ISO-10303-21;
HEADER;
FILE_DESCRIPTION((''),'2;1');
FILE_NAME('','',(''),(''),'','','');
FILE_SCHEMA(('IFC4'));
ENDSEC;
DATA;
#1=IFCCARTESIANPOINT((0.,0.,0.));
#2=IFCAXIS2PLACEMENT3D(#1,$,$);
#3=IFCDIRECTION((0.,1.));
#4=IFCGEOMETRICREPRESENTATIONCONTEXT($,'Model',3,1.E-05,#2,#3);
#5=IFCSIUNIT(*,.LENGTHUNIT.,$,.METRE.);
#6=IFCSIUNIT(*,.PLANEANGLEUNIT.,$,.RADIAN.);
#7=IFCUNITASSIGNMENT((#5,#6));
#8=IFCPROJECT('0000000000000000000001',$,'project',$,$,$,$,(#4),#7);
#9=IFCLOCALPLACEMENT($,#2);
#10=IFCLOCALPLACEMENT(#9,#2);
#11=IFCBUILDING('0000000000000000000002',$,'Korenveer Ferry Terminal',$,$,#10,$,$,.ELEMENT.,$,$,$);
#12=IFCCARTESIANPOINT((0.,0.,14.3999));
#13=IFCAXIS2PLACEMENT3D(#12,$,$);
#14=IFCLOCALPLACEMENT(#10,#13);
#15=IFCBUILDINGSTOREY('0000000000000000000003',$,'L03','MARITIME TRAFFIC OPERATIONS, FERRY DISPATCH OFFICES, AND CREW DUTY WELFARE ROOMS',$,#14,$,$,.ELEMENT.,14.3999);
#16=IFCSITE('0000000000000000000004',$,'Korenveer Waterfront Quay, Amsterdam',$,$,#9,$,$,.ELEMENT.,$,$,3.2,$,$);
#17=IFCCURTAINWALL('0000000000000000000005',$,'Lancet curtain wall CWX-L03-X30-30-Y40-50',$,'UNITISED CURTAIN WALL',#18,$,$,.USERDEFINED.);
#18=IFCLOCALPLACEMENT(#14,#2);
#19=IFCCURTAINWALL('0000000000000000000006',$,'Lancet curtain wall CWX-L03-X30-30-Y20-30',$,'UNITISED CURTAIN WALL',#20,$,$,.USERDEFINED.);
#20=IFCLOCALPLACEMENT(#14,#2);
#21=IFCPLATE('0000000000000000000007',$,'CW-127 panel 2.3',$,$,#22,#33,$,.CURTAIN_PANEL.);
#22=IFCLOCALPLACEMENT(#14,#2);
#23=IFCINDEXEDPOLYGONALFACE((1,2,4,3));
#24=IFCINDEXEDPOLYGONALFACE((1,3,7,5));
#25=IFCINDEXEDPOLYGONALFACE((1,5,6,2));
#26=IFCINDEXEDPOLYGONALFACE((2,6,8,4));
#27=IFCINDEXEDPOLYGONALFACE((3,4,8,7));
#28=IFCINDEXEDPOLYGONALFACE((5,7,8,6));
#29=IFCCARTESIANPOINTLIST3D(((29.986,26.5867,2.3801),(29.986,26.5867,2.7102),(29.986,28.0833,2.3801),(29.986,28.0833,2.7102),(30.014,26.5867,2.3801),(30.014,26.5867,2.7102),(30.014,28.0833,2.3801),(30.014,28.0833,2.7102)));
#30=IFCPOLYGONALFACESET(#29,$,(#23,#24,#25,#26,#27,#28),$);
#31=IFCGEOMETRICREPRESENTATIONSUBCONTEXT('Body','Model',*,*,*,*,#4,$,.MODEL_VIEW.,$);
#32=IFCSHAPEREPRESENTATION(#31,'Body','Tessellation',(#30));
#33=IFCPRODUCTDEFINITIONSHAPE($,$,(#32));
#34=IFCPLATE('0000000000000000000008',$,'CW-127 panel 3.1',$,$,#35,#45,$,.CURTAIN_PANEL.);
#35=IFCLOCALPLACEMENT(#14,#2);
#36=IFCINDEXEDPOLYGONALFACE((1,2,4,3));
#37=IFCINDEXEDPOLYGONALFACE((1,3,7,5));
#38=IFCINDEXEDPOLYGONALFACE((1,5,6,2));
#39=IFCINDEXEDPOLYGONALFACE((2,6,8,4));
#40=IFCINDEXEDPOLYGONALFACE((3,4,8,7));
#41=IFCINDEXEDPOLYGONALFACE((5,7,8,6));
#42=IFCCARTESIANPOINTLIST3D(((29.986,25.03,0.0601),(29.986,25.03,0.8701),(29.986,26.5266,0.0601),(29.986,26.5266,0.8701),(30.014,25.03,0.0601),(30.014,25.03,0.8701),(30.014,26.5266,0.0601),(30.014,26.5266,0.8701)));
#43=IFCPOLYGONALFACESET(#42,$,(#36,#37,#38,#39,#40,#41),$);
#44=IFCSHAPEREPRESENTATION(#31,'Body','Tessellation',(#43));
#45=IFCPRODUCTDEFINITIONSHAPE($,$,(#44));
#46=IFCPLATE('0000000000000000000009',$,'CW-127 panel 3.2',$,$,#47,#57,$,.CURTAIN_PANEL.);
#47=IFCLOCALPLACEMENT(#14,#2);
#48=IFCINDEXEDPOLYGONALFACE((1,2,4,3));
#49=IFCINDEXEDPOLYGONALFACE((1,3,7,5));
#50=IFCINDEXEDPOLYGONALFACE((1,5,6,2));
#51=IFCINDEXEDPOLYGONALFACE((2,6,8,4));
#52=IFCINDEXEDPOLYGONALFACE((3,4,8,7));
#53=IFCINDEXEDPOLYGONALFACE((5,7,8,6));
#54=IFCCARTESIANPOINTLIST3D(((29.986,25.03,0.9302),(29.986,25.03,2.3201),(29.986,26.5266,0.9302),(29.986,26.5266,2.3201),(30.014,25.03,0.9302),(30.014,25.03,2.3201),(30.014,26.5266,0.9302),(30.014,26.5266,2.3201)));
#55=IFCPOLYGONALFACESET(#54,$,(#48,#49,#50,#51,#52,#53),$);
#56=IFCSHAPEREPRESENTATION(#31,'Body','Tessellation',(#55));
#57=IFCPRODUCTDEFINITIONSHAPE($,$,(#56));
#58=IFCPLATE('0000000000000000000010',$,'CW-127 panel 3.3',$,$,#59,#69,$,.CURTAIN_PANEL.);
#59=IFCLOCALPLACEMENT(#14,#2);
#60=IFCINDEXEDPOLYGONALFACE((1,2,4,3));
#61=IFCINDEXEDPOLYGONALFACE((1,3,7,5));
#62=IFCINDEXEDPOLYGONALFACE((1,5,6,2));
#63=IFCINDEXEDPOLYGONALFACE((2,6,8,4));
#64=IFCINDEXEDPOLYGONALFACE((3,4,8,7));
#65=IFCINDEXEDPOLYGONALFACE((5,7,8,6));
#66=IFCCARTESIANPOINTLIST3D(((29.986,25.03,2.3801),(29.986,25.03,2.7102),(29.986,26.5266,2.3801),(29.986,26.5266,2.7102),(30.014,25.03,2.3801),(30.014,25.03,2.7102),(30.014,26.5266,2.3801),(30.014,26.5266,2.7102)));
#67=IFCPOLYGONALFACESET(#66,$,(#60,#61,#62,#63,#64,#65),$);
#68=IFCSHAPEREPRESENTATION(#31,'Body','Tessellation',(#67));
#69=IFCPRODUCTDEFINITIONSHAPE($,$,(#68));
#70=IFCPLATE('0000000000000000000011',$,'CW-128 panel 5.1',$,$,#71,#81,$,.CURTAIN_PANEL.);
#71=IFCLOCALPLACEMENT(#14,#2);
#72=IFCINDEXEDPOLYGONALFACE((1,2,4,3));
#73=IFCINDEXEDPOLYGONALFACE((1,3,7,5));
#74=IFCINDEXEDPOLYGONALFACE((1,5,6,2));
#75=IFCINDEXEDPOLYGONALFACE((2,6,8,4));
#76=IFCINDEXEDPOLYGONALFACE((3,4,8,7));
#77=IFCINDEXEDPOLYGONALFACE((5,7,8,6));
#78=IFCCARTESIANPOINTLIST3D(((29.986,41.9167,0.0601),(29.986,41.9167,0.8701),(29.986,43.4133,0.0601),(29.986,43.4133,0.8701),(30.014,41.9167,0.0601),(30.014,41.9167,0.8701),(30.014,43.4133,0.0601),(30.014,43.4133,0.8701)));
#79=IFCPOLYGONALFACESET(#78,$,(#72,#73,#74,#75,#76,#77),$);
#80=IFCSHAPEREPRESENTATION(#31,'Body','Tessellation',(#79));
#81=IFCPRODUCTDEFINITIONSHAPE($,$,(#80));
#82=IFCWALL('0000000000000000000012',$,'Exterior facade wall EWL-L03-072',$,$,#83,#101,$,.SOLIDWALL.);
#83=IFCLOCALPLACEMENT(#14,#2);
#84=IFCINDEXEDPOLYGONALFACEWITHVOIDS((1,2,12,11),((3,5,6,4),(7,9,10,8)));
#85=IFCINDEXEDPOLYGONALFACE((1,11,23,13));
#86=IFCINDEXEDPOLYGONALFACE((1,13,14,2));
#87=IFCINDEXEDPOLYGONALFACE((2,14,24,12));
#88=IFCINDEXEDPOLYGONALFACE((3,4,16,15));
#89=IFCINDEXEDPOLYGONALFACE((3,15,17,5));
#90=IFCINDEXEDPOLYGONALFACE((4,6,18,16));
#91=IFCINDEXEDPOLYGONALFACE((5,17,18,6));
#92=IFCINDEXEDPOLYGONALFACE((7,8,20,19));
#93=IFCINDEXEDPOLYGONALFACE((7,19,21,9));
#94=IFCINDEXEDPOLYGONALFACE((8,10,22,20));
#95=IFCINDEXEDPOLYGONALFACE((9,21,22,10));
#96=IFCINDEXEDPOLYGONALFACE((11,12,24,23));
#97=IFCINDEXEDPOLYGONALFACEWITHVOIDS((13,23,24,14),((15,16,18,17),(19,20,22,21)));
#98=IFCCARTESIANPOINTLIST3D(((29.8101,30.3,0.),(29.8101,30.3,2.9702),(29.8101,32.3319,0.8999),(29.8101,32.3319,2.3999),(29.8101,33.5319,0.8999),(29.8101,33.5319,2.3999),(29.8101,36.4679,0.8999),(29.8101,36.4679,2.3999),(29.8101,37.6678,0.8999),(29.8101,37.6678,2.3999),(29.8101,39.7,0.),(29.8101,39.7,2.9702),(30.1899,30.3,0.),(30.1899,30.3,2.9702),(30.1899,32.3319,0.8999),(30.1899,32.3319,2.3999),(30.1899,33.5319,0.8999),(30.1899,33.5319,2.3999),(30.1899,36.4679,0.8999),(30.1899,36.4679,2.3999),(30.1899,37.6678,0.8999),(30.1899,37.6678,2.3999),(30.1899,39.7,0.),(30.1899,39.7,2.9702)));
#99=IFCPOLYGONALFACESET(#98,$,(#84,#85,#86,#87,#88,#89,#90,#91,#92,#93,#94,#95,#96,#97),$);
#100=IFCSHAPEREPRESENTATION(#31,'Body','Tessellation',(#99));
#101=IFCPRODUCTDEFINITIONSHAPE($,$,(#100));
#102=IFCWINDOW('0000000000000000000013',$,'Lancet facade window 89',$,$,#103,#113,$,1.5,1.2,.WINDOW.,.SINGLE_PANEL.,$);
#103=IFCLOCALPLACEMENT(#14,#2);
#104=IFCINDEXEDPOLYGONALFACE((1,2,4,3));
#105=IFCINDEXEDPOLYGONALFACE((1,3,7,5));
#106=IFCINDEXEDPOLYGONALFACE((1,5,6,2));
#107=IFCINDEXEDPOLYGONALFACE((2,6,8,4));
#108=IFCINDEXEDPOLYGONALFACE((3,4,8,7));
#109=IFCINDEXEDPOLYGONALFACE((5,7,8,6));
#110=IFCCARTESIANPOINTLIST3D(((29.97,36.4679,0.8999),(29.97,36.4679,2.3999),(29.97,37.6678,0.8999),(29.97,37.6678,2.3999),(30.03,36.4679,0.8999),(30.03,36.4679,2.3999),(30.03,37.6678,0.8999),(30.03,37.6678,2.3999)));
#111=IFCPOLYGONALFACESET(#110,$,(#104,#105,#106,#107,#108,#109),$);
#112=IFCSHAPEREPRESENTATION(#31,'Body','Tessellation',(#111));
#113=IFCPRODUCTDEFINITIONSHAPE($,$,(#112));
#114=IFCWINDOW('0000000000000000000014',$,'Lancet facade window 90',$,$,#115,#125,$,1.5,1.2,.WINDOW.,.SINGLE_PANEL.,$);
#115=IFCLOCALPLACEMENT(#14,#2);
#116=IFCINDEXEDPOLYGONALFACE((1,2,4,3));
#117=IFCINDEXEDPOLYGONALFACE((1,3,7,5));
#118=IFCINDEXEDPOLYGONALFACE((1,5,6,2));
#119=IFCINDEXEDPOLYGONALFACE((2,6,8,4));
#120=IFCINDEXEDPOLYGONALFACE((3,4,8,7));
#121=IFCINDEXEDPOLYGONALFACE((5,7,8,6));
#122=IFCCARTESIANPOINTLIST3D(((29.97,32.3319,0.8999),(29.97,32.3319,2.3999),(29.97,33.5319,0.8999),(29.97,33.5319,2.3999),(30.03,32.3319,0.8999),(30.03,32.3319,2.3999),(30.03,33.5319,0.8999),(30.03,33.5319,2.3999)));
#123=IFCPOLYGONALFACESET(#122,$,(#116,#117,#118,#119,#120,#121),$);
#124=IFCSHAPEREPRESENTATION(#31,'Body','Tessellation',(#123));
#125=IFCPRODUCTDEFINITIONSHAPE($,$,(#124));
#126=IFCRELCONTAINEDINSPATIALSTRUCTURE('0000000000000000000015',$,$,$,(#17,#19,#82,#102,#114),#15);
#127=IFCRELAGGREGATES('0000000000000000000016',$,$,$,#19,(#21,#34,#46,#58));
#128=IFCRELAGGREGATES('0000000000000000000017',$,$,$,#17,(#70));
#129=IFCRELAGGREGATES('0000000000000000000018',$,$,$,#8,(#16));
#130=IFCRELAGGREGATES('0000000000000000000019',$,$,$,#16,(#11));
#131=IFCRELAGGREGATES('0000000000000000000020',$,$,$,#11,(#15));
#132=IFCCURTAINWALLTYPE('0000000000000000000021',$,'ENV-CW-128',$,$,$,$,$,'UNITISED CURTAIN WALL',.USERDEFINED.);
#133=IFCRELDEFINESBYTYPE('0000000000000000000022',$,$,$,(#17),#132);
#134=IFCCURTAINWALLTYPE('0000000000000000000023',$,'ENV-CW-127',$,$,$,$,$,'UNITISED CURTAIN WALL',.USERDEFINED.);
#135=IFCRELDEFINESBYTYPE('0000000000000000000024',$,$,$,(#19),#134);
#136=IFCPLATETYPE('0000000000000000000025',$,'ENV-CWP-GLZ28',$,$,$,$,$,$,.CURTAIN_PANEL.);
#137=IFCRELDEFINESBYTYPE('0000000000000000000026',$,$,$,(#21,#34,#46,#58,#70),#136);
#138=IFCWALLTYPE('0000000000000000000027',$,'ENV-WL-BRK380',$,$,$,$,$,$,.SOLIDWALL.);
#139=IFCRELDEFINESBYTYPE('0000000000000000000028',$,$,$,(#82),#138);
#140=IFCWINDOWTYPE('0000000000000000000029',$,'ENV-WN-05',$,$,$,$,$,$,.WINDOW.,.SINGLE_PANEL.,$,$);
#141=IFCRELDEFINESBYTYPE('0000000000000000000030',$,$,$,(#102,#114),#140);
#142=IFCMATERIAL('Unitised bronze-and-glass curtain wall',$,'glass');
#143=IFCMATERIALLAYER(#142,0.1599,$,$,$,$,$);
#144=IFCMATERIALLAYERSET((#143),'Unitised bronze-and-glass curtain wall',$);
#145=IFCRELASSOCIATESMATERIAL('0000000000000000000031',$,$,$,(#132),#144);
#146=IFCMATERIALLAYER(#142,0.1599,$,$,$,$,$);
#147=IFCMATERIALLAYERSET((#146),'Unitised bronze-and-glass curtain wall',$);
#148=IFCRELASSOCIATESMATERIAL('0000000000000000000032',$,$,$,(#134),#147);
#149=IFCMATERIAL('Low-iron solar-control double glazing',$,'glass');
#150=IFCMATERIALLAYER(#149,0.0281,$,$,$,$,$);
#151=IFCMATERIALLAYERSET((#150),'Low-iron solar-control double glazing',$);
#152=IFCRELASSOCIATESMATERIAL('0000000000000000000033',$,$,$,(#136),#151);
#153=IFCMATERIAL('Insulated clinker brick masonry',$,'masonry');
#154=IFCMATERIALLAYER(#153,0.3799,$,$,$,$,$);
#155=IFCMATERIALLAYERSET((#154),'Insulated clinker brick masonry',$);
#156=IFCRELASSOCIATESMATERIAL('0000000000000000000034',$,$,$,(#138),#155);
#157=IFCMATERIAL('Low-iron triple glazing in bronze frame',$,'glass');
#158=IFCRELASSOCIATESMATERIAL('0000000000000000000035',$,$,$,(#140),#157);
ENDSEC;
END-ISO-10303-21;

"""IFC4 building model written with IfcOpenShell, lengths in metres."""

from ifc_helpers import new_model, si_unit, direction, frame, frame_2d, origin, origin_2d, place, context, subcontext, project, spatial, rectangle, extrude, material, layer, layer_set, type_object, element, fill, aggregate, save


model = new_model("IFC4")

# Units and contexts
model_context = context("Model", 3, precision=1e-05, world=origin(), true_north=direction((0.0, 1.0)))
body_context = subcontext(model_context, "Body", "Model", "MODEL_VIEW")
ifc_project = project(units=[si_unit("LENGTHUNIT", "METRE"), si_unit("PLANEANGLEUNIT", "RADIAN")], contexts=[model_context])

# Site, building, storey
site_placement = place(None, origin())
site = spatial("IfcSite", under=ifc_project, at=site_placement, Name="Korenveer Waterfront Quay, Amsterdam", CompositionType="ELEMENT", RefElevation=3.2)
building_placement = place(site_placement, origin())
building = spatial("IfcBuilding", under=site, at=building_placement, Name="Korenveer Ferry Terminal", CompositionType="ELEMENT")
storey_placement = place(building_placement, frame((0.0, 0.0, 14.3999)))
storey = spatial("IfcBuildingStorey", under=building, at=storey_placement, Name="L03", Description="MARITIME TRAFFIC OPERATIONS, FERRY DISPATCH OFFICES, AND CREW DUTY WELFARE ROOMS", CompositionType="ELEMENT", Elevation=14.3999)

# Curtain walls
ifc_material_1 = material(Name="Unitised bronze-and-glass curtain wall", Category="glass")
ifc_layer_1 = layer(ifc_material_1, 0.1599)
ifc_layer_set_1 = layer_set([ifc_layer_1], Name="Unitised bronze-and-glass curtain wall")
curtain_wall_type_1 = type_object("IfcCurtainWallType", Name="ENV-CW-128", ElementType="UNITISED CURTAIN WALL", PredefinedType="USERDEFINED", material=ifc_layer_set_1)
curtain_wall_1_placement = place(storey_placement, frame((30.0, 49.6699, 0.0)))
curtain_wall_1 = element("IfcCurtainWall", 1, at=curtain_wall_1_placement, inside=storey, type_object=curtain_wall_type_1, Name="Lancet curtain wall CWX-L03-X30-30-Y40-50", ObjectType="UNITISED CURTAIN WALL", PredefinedType="USERDEFINED")
ifc_layer_2 = layer(ifc_material_1, 0.1599)
ifc_layer_set_2 = layer_set([ifc_layer_2], Name="Unitised bronze-and-glass curtain wall")
curtain_wall_type_2 = type_object("IfcCurtainWallType", Name="ENV-CW-127", ElementType="UNITISED CURTAIN WALL", PredefinedType="USERDEFINED", material=ifc_layer_set_2)
curtain_wall_2_placement = place(storey_placement, frame((30.0, 29.6699, 0.0)))
curtain_wall_2 = element("IfcCurtainWall", 2, at=curtain_wall_2_placement, inside=storey, type_object=curtain_wall_type_2, Name="Lancet curtain wall CWX-L03-X30-30-Y20-30", ObjectType="UNITISED CURTAIN WALL", PredefinedType="USERDEFINED")

# Plates
ifc_material_2 = material(Name="Low-iron solar-control double glazing", Category="glass")
ifc_layer_3 = layer(ifc_material_2, 0.0281)
ifc_layer_set_3 = layer_set([ifc_layer_3], Name="Low-iron solar-control double glazing")
plate_type = type_object("IfcPlateType", Name="ENV-CWP-GLZ28", PredefinedType="CURTAIN_PANEL", material=ifc_layer_set_3)
plate_1_placement = place(storey_placement, frame((30.0, 27.335, 2.3801), z_axis=(0.0, 0.0, 1.0), x_axis=(0.0, -1.0, 0.0)))
plate_1 = element("IfcPlate", 3, at=plate_1_placement, type_object=plate_type, Name="CW-127 panel 2.3", PredefinedType="CURTAIN_PANEL", context=body_context, shape_type="SweptSolid", body=[
    extrude(rectangle(XDim=1.4966, YDim=0.0281, at=origin_2d()), origin(), (0.0, 0.0, 1.0), 0.3301),
])
plate_2_placement = place(storey_placement, frame((30.0, 25.7783, 0.0601), z_axis=(0.0, 0.0, 1.0), x_axis=(0.0, -1.0, 0.0)))
plate_2 = element("IfcPlate", 4, at=plate_2_placement, type_object=plate_type, Name="CW-127 panel 3.1", PredefinedType="CURTAIN_PANEL", context=body_context, shape_type="SweptSolid", body=[
    extrude(rectangle(XDim=1.4966, YDim=0.0281, at=origin_2d()), origin(), (0.0, 0.0, 1.0), 0.8101),
])
plate_3_placement = place(storey_placement, frame((30.0, 25.7783, 0.9302), z_axis=(0.0, 0.0, 1.0), x_axis=(0.0, -1.0, 0.0)))
plate_3 = element("IfcPlate", 5, at=plate_3_placement, type_object=plate_type, Name="CW-127 panel 3.2", PredefinedType="CURTAIN_PANEL", context=body_context, shape_type="SweptSolid", body=[
    extrude(rectangle(XDim=1.4966, YDim=0.0281, at=origin_2d()), origin(), (0.0, 0.0, 1.0), 1.3899),
])
plate_4_placement = place(storey_placement, frame((30.0, 25.7783, 2.3801), z_axis=(0.0, 0.0, 1.0), x_axis=(0.0, -1.0, 0.0)))
plate_4 = element("IfcPlate", 6, at=plate_4_placement, type_object=plate_type, Name="CW-127 panel 3.3", PredefinedType="CURTAIN_PANEL", context=body_context, shape_type="SweptSolid", body=[
    extrude(rectangle(XDim=1.4966, YDim=0.0281, at=origin_2d()), origin(), (0.0, 0.0, 1.0), 0.3301),
])
aggregate(curtain_wall_2, [plate_1, plate_2, plate_3, plate_4])
plate_5_placement = place(storey_placement, frame((30.0, 42.665, 0.0601), z_axis=(0.0, 0.0, 1.0), x_axis=(0.0, -1.0, 0.0)))
plate_5 = element("IfcPlate", 7, at=plate_5_placement, type_object=plate_type, Name="CW-128 panel 5.1", PredefinedType="CURTAIN_PANEL", context=body_context, shape_type="SweptSolid", body=[
    extrude(rectangle(XDim=1.4966, YDim=0.0281, at=origin_2d()), origin(), (0.0, 0.0, 1.0), 0.8101),
])
aggregate(curtain_wall_1, [plate_5])

# Wall, openings, windows
ifc_material_3 = material(Name="Insulated clinker brick masonry", Category="masonry")
ifc_layer_4 = layer(ifc_material_3, 0.3799)
ifc_layer_set_4 = layer_set([ifc_layer_4], Name="Insulated clinker brick masonry")
wall_type = type_object("IfcWallType", Name="ENV-WL-BRK380", PredefinedType="SOLIDWALL", material=ifc_layer_set_4)
wall_placement = place(storey_placement, frame((30.0, 39.7, 0.0), z_axis=(0.0, 0.0, 1.0), x_axis=(0.0, -1.0, 0.0)))
wall = element("IfcWall", 8, at=wall_placement, inside=storey, type_object=wall_type, Name="Exterior facade wall EWL-L03-072", PredefinedType="SOLIDWALL", context=body_context, shape_type="SweptSolid", body=[
    extrude(rectangle(XDim=9.3999, YDim=0.3799, at=frame_2d((4.7, 0.0))), origin(), (0.0, 0.0, 1.0), 2.9702),
])
opening_1_placement = place(wall_placement, frame((2.032, 0.0, 0.8999)))
opening_1 = element("IfcOpeningElement", 9, at=opening_1_placement, cuts=wall, PredefinedType="OPENING", context=body_context, shape_type="SweptSolid", body=[
    extrude(rectangle(XDim=1.2, YDim=1.5, at=frame_2d((0.6001, 0.75))), frame((0.0, 0.2, 0.0), z_axis=(0.0, -1.0, 0.0), x_axis=(1.0, 0.0, 0.0)), (0.0, 0.0, 1.0), 0.3999),
])
opening_2_placement = place(wall_placement, frame((6.168, 0.0, 0.8999)))
opening_2 = element("IfcOpeningElement", 10, at=opening_2_placement, cuts=wall, PredefinedType="OPENING", context=body_context, shape_type="SweptSolid", body=[
    extrude(rectangle(XDim=1.2, YDim=1.5, at=frame_2d((0.6001, 0.75))), frame((0.0, 0.2, 0.0), z_axis=(0.0, -1.0, 0.0), x_axis=(1.0, 0.0, 0.0)), (0.0, 0.0, 1.0), 0.3999),
])
ifc_material_4 = material(Name="Low-iron triple glazing in bronze frame", Category="glass")
window_type = type_object("IfcWindowType", Name="ENV-WN-05", PartitioningType="SINGLE_PANEL", PredefinedType="WINDOW", material=ifc_material_4)
window_1_placement = place(opening_1_placement, origin())
window_1 = element("IfcWindow", 11, at=window_1_placement, inside=storey, type_object=window_type, Name="Lancet facade window 89", OverallHeight=1.5, OverallWidth=1.2, PartitioningType="SINGLE_PANEL", PredefinedType="WINDOW", context=body_context, shape_type="SweptSolid", body=[
    extrude(rectangle(XDim=1.2, YDim=1.5, at=frame_2d((0.6001, 0.75))), frame((0.0, 0.03, 0.0), z_axis=(0.0, -1.0, 0.0), x_axis=(1.0, 0.0, 0.0)), (0.0, 0.0, 1.0), 0.0601),
])
fill(opening_1, window_1)
window_2_placement = place(opening_2_placement, origin())
window_2 = element("IfcWindow", 12, at=window_2_placement, inside=storey, type_object=window_type, Name="Lancet facade window 90", OverallHeight=1.5, OverallWidth=1.2, PartitioningType="SINGLE_PANEL", PredefinedType="WINDOW", context=body_context, shape_type="SweptSolid", body=[
    extrude(rectangle(XDim=1.2, YDim=1.5, at=frame_2d((0.6001, 0.75))), frame((0.0, 0.03, 0.0), z_axis=(0.0, -1.0, 0.0), x_axis=(1.0, 0.0, 0.0)), (0.0, 0.0, 1.0), 0.0601),
])
fill(opening_2, window_2)

save(model, "model.ifc")
